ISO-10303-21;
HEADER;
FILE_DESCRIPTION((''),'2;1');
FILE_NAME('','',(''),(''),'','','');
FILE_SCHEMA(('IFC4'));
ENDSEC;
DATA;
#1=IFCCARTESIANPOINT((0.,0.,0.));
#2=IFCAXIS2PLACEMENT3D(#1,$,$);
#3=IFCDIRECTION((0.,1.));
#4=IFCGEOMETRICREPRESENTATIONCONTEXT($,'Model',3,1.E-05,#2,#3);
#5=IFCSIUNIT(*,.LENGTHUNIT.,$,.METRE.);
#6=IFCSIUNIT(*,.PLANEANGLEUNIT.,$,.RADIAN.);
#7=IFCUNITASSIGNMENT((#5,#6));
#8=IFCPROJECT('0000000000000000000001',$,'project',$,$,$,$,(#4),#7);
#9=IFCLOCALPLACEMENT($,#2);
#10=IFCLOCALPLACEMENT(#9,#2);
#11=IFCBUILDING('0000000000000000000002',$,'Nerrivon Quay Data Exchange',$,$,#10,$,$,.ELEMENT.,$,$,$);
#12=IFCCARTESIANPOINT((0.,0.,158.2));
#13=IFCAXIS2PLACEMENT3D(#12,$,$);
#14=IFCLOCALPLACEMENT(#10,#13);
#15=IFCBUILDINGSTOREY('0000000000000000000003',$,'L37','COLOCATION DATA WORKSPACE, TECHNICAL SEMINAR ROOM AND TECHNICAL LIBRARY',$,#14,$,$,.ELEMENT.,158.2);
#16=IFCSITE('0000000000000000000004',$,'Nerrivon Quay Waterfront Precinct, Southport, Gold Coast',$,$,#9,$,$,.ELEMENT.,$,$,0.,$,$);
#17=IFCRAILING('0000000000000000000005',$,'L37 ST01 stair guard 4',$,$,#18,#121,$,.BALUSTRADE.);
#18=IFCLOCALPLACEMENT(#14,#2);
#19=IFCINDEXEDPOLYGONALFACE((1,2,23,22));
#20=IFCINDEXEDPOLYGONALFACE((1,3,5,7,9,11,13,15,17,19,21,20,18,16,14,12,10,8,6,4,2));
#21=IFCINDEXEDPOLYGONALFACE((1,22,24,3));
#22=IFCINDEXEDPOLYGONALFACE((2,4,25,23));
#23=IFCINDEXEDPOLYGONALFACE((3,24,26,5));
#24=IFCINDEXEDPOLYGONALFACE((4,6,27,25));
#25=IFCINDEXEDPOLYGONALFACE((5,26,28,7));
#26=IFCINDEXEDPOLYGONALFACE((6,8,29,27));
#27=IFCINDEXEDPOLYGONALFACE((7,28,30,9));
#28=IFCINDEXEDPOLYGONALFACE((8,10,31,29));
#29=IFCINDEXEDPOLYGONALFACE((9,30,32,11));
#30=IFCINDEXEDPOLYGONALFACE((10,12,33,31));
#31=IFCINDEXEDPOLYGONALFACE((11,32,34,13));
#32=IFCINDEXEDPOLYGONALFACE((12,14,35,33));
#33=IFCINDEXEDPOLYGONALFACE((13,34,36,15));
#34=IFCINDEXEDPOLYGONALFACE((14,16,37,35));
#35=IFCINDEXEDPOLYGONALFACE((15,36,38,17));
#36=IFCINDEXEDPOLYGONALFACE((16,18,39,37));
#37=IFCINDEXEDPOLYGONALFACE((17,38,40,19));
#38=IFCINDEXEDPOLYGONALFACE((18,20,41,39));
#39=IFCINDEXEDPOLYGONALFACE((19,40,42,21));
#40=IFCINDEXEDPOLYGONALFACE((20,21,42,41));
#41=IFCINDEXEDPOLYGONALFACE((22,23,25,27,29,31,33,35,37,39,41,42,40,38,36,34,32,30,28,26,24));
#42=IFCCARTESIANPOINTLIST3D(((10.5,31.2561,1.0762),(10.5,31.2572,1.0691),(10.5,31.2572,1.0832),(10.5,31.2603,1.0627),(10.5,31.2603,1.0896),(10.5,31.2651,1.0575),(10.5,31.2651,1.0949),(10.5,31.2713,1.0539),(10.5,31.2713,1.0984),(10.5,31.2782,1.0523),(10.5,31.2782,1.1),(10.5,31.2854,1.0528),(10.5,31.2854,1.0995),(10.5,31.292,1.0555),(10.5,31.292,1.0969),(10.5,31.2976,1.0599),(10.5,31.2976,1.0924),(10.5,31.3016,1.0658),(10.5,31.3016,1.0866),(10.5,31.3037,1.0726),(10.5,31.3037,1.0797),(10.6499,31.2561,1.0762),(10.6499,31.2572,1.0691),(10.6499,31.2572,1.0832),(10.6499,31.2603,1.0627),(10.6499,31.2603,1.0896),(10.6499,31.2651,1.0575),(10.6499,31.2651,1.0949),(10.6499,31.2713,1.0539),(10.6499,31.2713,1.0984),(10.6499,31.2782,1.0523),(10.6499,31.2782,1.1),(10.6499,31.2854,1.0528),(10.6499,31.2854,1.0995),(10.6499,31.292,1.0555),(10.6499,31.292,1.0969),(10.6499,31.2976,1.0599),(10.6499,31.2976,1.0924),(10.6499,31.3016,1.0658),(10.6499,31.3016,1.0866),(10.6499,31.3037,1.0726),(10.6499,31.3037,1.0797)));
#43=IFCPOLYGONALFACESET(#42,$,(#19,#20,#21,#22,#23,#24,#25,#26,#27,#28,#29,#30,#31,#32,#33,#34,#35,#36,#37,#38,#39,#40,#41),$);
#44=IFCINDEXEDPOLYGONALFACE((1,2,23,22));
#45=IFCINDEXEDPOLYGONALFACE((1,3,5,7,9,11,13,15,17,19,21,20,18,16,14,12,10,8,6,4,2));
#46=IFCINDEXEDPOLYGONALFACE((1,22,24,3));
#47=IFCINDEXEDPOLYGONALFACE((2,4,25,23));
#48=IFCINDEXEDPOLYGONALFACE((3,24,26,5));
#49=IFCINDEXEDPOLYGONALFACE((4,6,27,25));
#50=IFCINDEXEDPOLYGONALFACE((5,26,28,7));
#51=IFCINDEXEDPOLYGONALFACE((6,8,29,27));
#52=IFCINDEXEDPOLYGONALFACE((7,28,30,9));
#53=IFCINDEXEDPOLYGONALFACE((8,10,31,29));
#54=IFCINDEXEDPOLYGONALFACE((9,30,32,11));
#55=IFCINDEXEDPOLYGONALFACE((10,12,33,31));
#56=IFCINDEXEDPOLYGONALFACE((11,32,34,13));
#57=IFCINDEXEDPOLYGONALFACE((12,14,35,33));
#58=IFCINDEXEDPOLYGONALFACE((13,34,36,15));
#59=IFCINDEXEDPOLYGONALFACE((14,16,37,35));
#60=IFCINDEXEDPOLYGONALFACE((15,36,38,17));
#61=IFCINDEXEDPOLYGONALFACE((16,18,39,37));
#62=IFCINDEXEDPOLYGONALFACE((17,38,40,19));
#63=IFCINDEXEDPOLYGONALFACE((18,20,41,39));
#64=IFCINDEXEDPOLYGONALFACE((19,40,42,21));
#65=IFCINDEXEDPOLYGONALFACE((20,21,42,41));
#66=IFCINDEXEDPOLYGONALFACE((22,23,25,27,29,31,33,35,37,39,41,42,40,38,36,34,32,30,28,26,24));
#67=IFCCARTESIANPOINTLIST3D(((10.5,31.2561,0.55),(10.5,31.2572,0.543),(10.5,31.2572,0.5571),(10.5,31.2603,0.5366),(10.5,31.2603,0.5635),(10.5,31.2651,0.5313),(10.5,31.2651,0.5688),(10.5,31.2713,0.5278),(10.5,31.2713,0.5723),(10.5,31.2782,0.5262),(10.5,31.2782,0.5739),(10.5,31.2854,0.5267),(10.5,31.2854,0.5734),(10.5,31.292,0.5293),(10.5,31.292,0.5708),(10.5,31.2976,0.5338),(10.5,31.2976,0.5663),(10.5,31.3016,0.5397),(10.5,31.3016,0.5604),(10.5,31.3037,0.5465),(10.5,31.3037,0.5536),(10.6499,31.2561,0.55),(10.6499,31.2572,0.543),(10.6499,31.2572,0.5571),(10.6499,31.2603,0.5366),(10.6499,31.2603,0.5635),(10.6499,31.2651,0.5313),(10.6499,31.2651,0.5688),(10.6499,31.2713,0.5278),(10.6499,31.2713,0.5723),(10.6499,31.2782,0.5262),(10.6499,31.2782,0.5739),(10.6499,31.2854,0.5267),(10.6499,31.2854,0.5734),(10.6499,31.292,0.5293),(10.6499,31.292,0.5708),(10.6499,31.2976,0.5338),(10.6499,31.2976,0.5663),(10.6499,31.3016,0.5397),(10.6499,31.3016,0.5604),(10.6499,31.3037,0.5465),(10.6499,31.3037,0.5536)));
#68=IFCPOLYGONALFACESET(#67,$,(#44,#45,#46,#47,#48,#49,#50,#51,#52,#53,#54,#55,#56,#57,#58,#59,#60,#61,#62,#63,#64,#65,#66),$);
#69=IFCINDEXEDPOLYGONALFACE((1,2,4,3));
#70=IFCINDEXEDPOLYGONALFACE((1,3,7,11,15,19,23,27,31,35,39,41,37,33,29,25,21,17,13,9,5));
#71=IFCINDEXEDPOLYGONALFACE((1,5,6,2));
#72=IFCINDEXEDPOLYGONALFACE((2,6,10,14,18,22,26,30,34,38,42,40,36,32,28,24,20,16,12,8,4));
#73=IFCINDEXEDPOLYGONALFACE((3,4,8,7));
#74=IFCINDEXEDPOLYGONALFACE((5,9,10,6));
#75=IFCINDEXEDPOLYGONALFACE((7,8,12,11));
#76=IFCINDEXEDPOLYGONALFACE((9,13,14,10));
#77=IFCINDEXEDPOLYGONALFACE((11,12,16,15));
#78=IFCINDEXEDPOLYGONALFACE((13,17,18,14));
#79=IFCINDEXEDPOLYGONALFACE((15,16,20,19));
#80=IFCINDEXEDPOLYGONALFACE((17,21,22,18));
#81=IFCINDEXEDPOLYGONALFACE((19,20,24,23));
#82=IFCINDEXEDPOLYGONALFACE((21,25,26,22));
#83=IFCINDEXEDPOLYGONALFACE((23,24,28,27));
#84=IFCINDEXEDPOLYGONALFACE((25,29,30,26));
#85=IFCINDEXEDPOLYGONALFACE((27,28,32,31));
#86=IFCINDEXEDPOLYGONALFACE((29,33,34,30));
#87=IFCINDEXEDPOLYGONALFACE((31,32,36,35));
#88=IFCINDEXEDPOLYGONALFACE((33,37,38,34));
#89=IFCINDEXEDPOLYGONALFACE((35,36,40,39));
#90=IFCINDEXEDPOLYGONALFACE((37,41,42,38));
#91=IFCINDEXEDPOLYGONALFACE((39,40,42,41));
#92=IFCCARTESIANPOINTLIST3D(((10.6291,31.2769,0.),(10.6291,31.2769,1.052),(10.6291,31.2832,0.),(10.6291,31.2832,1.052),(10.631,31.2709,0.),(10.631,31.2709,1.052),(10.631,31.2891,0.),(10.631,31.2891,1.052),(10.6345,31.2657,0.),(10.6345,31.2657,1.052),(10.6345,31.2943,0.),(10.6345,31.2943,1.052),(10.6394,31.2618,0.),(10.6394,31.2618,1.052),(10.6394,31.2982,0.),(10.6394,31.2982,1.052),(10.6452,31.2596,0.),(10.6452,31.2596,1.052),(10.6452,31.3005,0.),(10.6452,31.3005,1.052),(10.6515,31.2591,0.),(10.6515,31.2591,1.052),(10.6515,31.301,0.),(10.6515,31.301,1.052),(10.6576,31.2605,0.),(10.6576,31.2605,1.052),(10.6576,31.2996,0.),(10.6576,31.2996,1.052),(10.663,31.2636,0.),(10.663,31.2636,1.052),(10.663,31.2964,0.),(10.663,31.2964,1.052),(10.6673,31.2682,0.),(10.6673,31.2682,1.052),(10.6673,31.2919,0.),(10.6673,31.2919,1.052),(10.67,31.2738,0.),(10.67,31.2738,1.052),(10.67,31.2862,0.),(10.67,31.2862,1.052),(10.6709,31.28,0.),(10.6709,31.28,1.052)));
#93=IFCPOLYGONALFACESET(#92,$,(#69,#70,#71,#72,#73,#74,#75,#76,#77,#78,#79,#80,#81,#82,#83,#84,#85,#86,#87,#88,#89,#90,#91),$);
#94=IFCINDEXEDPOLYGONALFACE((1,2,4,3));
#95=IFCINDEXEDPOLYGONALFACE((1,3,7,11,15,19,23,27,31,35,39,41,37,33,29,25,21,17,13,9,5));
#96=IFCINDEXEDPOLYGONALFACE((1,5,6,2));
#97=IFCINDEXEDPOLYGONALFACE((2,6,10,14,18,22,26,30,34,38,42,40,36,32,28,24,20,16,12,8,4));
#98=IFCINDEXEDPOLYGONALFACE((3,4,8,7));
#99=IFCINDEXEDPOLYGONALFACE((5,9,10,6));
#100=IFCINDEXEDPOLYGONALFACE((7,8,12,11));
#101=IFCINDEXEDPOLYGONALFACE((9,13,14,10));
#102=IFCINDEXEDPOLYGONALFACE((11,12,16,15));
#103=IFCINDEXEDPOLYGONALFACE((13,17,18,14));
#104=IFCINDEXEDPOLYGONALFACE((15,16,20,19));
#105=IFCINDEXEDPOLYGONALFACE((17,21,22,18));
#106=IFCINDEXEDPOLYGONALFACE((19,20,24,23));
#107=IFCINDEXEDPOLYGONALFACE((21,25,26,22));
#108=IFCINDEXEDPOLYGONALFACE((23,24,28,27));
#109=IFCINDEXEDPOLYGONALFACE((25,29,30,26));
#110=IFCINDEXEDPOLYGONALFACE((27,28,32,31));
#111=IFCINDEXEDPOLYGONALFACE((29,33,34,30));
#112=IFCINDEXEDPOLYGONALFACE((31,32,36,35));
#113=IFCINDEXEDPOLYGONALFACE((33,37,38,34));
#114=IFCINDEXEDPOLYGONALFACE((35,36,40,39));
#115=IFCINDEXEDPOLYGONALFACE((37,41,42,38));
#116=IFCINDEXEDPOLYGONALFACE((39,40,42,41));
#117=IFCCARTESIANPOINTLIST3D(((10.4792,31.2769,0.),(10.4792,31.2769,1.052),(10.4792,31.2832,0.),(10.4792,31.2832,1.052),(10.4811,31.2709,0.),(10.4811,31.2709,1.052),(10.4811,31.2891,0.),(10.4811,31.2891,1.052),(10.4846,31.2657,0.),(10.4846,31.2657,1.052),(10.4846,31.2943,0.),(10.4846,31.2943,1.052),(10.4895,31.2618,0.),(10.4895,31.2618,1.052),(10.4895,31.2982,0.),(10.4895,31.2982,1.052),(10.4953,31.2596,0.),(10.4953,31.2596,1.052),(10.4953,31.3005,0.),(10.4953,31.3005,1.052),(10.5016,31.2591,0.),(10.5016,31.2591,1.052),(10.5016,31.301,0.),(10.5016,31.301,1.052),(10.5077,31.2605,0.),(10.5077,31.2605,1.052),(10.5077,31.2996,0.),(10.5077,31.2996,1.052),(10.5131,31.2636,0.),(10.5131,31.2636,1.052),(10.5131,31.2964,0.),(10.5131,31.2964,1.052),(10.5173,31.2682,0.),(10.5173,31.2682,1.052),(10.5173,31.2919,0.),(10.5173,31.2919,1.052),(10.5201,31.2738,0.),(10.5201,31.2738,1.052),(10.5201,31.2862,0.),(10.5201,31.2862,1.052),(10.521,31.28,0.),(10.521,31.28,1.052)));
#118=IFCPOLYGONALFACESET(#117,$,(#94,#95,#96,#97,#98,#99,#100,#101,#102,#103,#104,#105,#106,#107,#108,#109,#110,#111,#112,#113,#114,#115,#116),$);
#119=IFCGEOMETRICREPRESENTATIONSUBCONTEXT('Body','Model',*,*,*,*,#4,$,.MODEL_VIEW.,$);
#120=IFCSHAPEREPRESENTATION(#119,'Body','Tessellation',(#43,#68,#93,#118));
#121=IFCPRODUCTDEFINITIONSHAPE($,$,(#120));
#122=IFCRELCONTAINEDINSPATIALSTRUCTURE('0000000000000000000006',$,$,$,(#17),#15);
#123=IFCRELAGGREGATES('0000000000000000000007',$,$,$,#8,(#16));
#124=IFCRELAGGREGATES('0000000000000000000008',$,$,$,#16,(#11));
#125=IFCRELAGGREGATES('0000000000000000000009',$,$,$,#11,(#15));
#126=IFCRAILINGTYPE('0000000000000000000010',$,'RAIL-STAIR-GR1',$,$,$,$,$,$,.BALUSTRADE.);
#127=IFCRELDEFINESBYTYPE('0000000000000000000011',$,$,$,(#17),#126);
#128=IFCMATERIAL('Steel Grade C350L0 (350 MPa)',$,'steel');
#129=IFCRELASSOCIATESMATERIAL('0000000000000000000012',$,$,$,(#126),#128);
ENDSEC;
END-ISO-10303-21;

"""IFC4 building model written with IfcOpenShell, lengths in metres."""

from ifc_helpers import new_model, si_unit, direction, frame, origin, origin_2d, place, context, subcontext, project, spatial, circle, extrude, material, type_object, element, save


model = new_model("IFC4")

# Units and contexts
model_context = context("Model", 3, precision=1e-05, world=origin(), true_north=direction((0.0, 1.0)))
body_context = subcontext(model_context, "Body", "Model", "MODEL_VIEW")
ifc_project = project(units=[si_unit("LENGTHUNIT", "METRE"), si_unit("PLANEANGLEUNIT", "RADIAN")], contexts=[model_context])

# Site, building, storey
site_placement = place(None, origin())
site = spatial("IfcSite", under=ifc_project, at=site_placement, Name="Nerrivon Quay Waterfront Precinct, Southport, Gold Coast", CompositionType="ELEMENT", RefElevation=0.0)
building_placement = place(site_placement, origin())
building = spatial("IfcBuilding", under=site, at=building_placement, Name="Nerrivon Quay Data Exchange", CompositionType="ELEMENT")
storey_placement = place(building_placement, frame((0.0, 0.0, 158.2)))
storey = spatial("IfcBuildingStorey", under=building, at=storey_placement, Name="L37", Description="COLOCATION DATA WORKSPACE, TECHNICAL SEMINAR ROOM AND TECHNICAL LIBRARY", CompositionType="ELEMENT", Elevation=158.2)

# Railing
ifc_material_1 = material(Name="Steel Grade C350L0 (350 MPa)", Category="steel")
railing_type_1 = type_object("IfcRailingType", Name="RAIL-STAIR-GR1", PredefinedType="BALUSTRADE", material=ifc_material_1)
railing_1_placement = place(storey_placement, frame((10.6499, 31.28, 0.0)))
element("IfcRailing", 1, at=railing_1_placement, inside=storey, type_object=railing_type_1, Name="L37 ST01 stair guard 4", PredefinedType="BALUSTRADE", context=body_context, shape_type="SweptSolid", body=[
    extrude(circle(Radius=0.0239, at=origin_2d()), frame((0.0, 0.0, 1.0762), z_axis=(-1.0, 0.0, 0.0), x_axis=(0.0, -1.0, 0.0)), (0.0, 0.0, 1.0), 0.1499),
    extrude(circle(Radius=0.0239, at=origin_2d()), frame((0.0, 0.0, 0.55), z_axis=(-1.0, 0.0, 0.0), x_axis=(0.0, -1.0, 0.0)), (0.0, 0.0, 1.0), 0.1499),
    extrude(circle(Radius=0.021, at=origin_2d()), origin(), (0.0, 0.0, 1.0), 1.052),
    extrude(circle(Radius=0.021, at=origin_2d()), frame((-0.1499, 0.0, 0.0)), (0.0, 0.0, 1.0), 1.052),
])

save(model, "model.ifc")
